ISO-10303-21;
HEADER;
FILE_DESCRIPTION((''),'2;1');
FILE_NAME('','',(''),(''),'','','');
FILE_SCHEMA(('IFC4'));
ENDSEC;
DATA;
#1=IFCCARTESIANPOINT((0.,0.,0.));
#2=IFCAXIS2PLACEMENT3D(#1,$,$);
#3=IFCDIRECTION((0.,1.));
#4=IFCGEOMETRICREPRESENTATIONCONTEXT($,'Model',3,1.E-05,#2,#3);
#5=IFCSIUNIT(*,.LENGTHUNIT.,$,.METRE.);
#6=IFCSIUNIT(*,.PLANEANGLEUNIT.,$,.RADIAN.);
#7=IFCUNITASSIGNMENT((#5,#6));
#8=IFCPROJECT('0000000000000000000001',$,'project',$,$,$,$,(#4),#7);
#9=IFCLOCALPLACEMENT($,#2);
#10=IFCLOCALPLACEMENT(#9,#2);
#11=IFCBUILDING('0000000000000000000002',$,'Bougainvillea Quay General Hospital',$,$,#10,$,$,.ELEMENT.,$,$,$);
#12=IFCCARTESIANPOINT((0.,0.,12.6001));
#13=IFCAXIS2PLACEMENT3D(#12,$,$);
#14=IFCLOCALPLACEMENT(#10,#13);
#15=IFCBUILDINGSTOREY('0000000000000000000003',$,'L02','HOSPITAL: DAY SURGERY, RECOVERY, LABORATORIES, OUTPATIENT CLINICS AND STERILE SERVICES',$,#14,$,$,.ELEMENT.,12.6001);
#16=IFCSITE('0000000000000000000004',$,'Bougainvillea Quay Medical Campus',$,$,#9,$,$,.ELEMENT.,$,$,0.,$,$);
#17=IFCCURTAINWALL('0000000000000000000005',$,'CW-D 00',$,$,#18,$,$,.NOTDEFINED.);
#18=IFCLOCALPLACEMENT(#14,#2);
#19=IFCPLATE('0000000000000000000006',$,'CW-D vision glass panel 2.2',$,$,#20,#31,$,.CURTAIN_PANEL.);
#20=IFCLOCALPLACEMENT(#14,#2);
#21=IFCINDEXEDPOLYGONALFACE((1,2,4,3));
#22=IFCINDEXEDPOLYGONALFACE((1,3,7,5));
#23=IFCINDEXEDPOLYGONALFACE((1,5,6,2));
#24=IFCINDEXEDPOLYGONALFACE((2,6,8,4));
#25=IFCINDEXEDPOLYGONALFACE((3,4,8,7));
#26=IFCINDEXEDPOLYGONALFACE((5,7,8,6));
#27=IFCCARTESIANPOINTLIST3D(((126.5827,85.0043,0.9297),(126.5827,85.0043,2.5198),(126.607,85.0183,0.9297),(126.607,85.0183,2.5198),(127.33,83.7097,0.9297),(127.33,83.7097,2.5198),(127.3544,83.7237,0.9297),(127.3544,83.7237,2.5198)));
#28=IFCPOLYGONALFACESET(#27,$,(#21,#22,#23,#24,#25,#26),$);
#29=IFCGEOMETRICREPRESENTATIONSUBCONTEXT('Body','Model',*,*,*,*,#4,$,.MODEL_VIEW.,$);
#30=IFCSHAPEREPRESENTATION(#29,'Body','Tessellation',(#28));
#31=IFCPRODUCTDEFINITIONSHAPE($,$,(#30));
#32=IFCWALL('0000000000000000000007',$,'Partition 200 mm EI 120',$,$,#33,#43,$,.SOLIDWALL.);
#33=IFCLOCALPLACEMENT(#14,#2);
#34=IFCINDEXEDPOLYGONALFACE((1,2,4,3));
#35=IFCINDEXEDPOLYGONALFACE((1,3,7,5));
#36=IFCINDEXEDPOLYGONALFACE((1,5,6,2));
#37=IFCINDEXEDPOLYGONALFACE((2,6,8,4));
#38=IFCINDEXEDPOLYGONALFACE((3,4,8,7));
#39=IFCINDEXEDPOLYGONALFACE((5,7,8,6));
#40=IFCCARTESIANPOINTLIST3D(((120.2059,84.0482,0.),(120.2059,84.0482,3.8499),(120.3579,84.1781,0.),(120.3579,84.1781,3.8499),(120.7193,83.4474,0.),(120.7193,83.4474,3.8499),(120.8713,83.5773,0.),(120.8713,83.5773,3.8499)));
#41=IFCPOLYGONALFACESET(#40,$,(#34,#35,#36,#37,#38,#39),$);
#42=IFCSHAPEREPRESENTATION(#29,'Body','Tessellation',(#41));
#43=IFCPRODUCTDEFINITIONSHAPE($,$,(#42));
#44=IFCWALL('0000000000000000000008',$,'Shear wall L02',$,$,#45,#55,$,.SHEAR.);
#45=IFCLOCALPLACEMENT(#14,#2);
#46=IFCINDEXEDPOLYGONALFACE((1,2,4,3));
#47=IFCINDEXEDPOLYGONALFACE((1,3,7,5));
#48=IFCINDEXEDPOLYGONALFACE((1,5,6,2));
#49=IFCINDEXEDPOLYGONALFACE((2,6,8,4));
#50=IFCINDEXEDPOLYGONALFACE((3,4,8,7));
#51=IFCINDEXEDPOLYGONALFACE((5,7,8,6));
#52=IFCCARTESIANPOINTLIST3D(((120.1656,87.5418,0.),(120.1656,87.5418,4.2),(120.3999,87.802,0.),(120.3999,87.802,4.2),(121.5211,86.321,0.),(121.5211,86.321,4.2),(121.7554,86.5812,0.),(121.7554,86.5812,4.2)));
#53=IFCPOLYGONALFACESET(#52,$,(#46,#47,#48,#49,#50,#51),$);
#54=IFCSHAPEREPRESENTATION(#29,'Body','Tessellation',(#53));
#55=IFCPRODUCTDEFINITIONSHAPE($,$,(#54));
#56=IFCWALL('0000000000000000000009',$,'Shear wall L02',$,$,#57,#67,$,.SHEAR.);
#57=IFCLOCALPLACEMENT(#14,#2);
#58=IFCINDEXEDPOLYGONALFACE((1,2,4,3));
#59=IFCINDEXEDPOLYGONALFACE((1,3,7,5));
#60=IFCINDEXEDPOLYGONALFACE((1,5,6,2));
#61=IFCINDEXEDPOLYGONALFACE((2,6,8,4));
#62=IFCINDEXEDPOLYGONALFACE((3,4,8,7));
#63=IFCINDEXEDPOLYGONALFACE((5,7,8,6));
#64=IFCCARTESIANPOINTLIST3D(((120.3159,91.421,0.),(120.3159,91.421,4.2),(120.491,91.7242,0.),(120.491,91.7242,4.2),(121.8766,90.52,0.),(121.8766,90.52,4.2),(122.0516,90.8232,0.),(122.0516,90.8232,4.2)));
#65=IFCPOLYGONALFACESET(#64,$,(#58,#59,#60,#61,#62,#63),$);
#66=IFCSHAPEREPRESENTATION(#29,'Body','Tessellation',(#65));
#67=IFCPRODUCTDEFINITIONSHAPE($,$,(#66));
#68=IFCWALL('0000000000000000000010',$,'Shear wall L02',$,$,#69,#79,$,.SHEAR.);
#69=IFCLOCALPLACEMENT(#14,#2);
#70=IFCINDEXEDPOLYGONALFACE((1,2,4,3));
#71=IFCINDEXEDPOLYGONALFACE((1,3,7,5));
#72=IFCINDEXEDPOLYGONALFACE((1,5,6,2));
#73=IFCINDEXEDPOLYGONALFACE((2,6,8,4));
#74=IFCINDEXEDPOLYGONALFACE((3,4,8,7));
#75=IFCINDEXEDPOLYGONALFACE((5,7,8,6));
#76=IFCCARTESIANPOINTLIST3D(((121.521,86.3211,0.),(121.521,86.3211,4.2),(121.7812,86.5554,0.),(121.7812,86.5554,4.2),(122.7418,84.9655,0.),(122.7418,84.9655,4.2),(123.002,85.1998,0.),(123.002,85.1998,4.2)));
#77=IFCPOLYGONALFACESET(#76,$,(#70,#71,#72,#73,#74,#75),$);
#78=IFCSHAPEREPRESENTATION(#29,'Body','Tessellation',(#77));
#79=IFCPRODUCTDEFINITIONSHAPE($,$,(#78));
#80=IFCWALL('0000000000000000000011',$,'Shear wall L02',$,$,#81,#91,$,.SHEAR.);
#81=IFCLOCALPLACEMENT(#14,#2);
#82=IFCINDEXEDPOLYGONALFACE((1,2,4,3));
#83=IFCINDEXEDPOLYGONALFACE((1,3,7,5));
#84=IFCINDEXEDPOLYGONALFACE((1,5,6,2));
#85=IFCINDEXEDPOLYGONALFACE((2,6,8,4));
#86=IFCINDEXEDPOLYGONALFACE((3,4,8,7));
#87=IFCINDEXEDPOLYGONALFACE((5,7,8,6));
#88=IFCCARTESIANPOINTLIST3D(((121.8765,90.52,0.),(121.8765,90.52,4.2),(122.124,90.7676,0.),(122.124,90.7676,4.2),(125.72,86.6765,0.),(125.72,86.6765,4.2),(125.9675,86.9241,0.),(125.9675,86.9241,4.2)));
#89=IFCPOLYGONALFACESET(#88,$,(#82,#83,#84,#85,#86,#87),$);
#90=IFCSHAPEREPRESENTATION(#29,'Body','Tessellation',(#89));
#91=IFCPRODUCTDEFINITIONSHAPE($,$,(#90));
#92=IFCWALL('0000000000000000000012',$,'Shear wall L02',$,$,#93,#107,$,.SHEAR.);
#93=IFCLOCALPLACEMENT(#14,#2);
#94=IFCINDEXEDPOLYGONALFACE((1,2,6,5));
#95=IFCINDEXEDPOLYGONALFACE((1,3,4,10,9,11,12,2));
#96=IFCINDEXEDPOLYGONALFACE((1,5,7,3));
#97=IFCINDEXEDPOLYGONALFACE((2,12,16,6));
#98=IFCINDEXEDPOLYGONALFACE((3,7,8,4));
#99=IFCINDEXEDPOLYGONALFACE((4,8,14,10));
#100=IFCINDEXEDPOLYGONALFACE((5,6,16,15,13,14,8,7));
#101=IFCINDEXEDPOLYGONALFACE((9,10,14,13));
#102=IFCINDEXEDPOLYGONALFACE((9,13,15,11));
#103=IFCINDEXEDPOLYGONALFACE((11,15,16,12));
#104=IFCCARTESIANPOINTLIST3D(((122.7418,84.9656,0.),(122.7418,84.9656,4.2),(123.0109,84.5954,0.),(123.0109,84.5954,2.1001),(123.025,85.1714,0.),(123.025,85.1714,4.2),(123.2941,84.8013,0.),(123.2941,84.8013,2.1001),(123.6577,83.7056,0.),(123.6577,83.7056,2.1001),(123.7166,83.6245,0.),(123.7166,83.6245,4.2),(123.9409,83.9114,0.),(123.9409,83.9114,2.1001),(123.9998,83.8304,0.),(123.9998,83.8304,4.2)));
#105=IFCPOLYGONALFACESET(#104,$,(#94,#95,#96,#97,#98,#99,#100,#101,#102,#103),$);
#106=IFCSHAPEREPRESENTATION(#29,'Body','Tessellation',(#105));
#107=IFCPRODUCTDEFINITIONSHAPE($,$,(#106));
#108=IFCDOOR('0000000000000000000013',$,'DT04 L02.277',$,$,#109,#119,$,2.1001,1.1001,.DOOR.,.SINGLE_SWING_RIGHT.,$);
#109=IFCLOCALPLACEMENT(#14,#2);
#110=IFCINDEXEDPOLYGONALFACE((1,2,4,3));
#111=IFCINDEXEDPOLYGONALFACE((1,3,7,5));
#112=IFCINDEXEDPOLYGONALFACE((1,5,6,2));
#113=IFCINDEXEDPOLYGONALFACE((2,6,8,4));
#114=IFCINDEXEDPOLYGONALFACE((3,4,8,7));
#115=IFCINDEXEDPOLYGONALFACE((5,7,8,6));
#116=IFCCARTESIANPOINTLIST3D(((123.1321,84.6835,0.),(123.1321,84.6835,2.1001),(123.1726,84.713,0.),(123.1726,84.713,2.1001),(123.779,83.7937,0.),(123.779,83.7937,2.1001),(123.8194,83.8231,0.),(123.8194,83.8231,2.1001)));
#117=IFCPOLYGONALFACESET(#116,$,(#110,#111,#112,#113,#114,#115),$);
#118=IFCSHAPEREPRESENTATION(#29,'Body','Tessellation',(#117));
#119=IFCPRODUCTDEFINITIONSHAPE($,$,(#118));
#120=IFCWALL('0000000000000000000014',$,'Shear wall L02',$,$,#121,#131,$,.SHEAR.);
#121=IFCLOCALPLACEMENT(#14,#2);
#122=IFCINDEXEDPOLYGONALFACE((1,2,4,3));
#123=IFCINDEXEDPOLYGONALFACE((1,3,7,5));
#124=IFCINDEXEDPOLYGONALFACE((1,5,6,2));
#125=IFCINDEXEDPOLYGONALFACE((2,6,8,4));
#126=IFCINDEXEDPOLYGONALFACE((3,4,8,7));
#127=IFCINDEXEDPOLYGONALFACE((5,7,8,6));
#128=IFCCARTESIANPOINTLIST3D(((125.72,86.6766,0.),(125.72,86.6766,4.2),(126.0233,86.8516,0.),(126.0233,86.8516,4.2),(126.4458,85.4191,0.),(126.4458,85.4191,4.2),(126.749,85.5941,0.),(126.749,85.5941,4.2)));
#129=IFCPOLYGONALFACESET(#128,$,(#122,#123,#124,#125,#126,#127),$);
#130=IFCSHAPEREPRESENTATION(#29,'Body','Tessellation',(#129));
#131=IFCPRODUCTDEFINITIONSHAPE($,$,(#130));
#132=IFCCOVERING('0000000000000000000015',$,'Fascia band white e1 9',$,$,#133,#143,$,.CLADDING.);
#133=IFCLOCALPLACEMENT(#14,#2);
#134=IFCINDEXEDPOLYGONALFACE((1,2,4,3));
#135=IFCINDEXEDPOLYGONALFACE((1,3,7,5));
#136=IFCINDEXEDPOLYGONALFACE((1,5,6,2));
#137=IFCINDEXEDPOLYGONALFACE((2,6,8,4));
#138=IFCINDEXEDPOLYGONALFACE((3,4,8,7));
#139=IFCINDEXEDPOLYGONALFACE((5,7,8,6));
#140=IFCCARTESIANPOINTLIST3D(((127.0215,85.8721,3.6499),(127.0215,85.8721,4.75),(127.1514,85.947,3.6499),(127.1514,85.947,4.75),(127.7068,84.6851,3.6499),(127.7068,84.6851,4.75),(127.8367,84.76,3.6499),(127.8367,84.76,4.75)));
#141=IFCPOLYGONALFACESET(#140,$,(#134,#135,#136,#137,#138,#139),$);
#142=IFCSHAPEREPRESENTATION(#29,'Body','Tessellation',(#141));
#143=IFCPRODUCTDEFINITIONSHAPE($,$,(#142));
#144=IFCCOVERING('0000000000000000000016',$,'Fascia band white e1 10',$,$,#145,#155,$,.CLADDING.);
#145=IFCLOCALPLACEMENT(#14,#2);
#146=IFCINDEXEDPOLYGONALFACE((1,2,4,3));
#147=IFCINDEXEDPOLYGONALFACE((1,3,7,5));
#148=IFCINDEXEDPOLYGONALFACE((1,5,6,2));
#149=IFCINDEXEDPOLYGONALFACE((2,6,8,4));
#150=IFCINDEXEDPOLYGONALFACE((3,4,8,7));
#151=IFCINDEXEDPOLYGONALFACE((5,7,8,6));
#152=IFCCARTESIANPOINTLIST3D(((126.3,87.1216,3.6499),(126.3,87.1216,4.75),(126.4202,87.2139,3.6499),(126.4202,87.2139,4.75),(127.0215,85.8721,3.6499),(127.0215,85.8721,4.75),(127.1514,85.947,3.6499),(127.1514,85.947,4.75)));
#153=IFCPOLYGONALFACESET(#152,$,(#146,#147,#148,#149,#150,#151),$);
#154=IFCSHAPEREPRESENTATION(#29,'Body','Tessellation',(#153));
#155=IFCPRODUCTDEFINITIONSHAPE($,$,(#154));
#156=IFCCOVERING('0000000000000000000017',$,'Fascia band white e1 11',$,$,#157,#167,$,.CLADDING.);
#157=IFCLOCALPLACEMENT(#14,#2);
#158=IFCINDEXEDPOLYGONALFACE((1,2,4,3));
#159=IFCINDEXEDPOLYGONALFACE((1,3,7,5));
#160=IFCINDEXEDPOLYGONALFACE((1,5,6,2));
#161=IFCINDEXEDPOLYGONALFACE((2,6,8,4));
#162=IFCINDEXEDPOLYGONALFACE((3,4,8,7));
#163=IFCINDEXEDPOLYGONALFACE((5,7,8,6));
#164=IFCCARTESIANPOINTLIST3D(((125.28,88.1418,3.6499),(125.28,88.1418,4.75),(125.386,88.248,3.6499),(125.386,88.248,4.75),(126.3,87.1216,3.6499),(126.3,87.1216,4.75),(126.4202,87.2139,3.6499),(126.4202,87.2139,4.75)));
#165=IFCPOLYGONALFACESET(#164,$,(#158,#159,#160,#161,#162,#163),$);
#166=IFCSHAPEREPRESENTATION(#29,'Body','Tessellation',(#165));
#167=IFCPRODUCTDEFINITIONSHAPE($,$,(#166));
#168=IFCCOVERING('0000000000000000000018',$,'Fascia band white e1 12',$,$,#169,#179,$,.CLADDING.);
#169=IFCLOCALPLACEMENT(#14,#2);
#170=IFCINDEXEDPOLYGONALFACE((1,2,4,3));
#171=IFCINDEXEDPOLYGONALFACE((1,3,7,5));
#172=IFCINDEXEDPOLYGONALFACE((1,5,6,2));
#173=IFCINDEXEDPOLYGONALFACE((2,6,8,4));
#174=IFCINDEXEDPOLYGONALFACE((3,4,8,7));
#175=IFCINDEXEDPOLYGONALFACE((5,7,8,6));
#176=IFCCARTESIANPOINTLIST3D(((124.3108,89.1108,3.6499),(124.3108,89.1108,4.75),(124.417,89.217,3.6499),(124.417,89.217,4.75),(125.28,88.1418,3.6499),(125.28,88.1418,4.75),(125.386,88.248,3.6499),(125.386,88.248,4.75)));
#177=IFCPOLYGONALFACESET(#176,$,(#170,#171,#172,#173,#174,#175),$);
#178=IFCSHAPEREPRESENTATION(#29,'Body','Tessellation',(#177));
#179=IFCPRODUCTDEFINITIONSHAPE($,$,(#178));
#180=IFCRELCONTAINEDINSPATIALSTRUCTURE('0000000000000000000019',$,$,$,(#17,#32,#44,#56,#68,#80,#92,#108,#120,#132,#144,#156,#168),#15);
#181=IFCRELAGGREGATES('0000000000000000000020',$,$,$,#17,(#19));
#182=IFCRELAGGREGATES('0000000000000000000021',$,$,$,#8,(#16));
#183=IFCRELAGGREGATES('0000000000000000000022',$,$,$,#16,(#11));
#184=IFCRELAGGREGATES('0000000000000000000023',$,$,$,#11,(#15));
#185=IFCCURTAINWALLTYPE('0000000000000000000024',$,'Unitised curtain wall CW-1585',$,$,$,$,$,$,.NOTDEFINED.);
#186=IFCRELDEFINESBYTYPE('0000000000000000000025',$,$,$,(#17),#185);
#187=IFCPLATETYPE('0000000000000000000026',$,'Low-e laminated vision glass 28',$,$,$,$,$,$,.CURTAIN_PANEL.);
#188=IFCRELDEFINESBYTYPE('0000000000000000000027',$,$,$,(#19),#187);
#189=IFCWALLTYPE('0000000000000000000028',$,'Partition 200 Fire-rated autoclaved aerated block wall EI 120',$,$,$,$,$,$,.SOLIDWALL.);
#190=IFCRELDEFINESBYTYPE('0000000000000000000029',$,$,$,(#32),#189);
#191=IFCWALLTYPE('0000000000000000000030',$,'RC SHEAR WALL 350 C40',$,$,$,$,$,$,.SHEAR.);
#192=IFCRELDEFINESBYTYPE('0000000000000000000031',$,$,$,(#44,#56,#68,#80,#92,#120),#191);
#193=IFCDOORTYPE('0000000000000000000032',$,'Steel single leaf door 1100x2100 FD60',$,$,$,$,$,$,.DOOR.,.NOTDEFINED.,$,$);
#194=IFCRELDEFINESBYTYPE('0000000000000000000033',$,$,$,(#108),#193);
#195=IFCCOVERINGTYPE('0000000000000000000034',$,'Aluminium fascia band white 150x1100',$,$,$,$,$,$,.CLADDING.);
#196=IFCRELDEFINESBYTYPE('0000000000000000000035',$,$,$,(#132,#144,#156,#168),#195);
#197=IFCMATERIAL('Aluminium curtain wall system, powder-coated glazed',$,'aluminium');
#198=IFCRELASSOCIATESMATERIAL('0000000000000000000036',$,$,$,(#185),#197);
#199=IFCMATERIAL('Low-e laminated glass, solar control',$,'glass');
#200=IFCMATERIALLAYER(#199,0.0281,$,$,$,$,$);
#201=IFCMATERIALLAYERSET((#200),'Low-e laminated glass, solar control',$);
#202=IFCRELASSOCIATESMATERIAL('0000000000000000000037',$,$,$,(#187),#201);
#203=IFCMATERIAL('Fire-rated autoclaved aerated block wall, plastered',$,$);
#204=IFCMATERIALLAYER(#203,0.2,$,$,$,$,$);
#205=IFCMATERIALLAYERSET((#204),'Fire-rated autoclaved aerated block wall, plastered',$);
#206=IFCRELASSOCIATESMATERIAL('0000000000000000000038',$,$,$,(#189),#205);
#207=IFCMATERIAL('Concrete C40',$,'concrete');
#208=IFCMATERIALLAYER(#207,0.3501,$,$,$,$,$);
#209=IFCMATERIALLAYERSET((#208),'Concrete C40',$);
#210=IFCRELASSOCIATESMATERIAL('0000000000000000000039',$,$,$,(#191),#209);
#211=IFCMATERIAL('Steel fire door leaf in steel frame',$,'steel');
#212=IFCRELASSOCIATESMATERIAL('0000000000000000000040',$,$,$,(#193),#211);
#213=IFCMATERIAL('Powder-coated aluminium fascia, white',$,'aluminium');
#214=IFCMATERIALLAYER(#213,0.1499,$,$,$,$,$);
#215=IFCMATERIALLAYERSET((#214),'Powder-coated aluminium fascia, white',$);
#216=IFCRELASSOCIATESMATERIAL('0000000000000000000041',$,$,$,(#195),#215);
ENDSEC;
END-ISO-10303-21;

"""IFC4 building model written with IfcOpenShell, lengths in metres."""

from ifc_helpers import new_model, si_unit, direction, frame, frame_2d, origin, origin_2d, place, context, subcontext, project, spatial, polyline, rectangle, outline, extrude, material, layer, layer_set, type_object, element, fill, aggregate, save


model = new_model("IFC4")

# Units and contexts
model_context = context("Model", 3, precision=1e-05, world=origin(), true_north=direction((0.0, 1.0)))
body_context = subcontext(model_context, "Body", "Model", "MODEL_VIEW")
ifc_project = project(units=[si_unit("LENGTHUNIT", "METRE"), si_unit("PLANEANGLEUNIT", "RADIAN")], contexts=[model_context])

# Site, building, storey
site_placement = place(None, origin())
site = spatial("IfcSite", under=ifc_project, at=site_placement, Name="Bougainvillea Quay Medical Campus", CompositionType="ELEMENT", RefElevation=0.0)
building_placement = place(site_placement, origin())
building = spatial("IfcBuilding", under=site, at=building_placement, Name="Bougainvillea Quay General Hospital", CompositionType="ELEMENT")
storey_placement = place(building_placement, frame((0.0, 0.0, 12.6001)))
storey = spatial("IfcBuildingStorey", under=building, at=storey_placement, Name="L02", Description="HOSPITAL: DAY SURGERY, RECOVERY, LABORATORIES, OUTPATIENT CLINICS AND STERILE SERVICES", CompositionType="ELEMENT", Elevation=12.6001)

# Shared definitions
ifc_material_1 = material(Name="Concrete C40", Category="concrete")

# Curtain wall, plate
ifc_material_2 = material(Name="Aluminium curtain wall system, powder-coated glazed", Category="aluminium")
curtain_wall_type = type_object("IfcCurtainWallType", Name="Unitised curtain wall CW-1585", PredefinedType="NOTDEFINED", material=ifc_material_2)
curtain_wall_placement = place(storey_placement, origin())
curtain_wall = element("IfcCurtainWall", 1, at=curtain_wall_placement, inside=storey, type_object=curtain_wall_type, Name="CW-D 00", PredefinedType="NOTDEFINED")
ifc_material_3 = material(Name="Low-e laminated glass, solar control", Category="glass")
ifc_layer_1 = layer(ifc_material_3, 0.0281)
ifc_layer_set_1 = layer_set([ifc_layer_1], Name="Low-e laminated glass, solar control")
plate_type_1 = type_object("IfcPlateType", Name="Low-e laminated vision glass 28", PredefinedType="CURTAIN_PANEL", material=ifc_layer_set_1)
plate_1_placement = place(storey_placement, frame((126.9685, 84.364, 0.9297), z_axis=(0.0, 0.0, 1.0), x_axis=(-0.499965, 0.866046, 0.0)))
plate_1 = element("IfcPlate", 2, at=plate_1_placement, type_object=plate_type_1, Name="CW-D vision glass panel 2.2", PredefinedType="CURTAIN_PANEL", context=body_context, shape_type="SweptSolid", body=[
    extrude(rectangle(XDim=1.4949, YDim=0.0281, at=origin_2d()), origin(), (0.0, 0.0, 1.0), 1.5901),
])
aggregate(curtain_wall, [plate_1])

# Walls
ifc_material_4 = material(Name="Fire-rated autoclaved aerated block wall, plastered")
ifc_layer_2 = layer(ifc_material_4, 0.2)
ifc_layer_set_2 = layer_set([ifc_layer_2], Name="Fire-rated autoclaved aerated block wall, plastered")
wall_type_1 = type_object("IfcWallType", Name="Partition 200 Fire-rated autoclaved aerated block wall EI 120", PredefinedType="SOLIDWALL", material=ifc_layer_set_2)
wall_1_placement = place(storey_placement, frame((120.282, 84.113, 0.0), z_axis=(0.0, 0.0, 1.0), x_axis=(0.649646, -0.760237, 0.0)))
element("IfcWall", 3, at=wall_1_placement, inside=storey, type_object=wall_type_1, Name="Partition 200 mm EI 120", PredefinedType="SOLIDWALL", context=body_context, shape_type="SweptSolid", body=[
    extrude(rectangle(XDim=0.7903, YDim=0.2, at=frame_2d((0.395, 0.0))), origin(), (0.0, 0.0, 1.0), 3.8499),
])
ifc_layer_3 = layer(ifc_material_1, 0.3501)
ifc_layer_set_3 = layer_set([ifc_layer_3], Name="Concrete C40")
wall_type_2 = type_object("IfcWallType", Name="RC SHEAR WALL 350 C40", PredefinedType="SHEAR", material=ifc_layer_set_3)
wall_2_placement = place(storey_placement, frame((120.2827, 87.6719, 0.0), z_axis=(0.0, 0.0, 1.0), x_axis=(0.743081, -0.669201, 0.0)))
element("IfcWall", 4, at=wall_2_placement, inside=storey, type_object=wall_type_2, Name="Shear wall L02", PredefinedType="SHEAR", context=body_context, shape_type="SweptSolid", body=[
    extrude(rectangle(XDim=1.8242, YDim=0.3501, at=frame_2d((0.9121, 0.0))), origin(), (0.0, 0.0, 1.0), 4.2),
])
wall_3_placement = place(storey_placement, frame((120.4036, 91.5725, 0.0), z_axis=(0.0, 0.0, 1.0), x_axis=(0.86605, -0.499957, 0.0)))
element("IfcWall", 5, at=wall_3_placement, inside=storey, type_object=wall_type_2, Name="Shear wall L02", PredefinedType="SHEAR", context=body_context, shape_type="SweptSolid", body=[
    extrude(rectangle(XDim=1.802, YDim=0.3501, at=frame_2d((0.9009, 0.0))), origin(), (0.0, 0.0, 1.0), 4.2),
])
wall_4_placement = place(storey_placement, frame((121.6511, 86.4382, 0.0), z_axis=(0.0, 0.0, 1.0), x_axis=(0.669201, -0.743081, 0.0)))
element("IfcWall", 6, at=wall_4_placement, inside=storey, type_object=wall_type_2, Name="Shear wall L02", PredefinedType="SHEAR", context=body_context, shape_type="SweptSolid", body=[
    extrude(rectangle(XDim=1.8242, YDim=0.3501, at=frame_2d((0.9121, 0.0))), origin(), (0.0, 0.0, 1.0), 4.2),
])
wall_5_placement = place(storey_placement, frame((122.0002, 90.6438, 0.0), z_axis=(0.0, 0.0, 1.0), x_axis=(0.707107, -0.707107, 0.0)))
element("IfcWall", 7, at=wall_5_placement, inside=storey, type_object=wall_type_2, Name="Shear wall L02", PredefinedType="SHEAR", context=body_context, shape_type="SweptSolid", body=[
    extrude(rectangle(XDim=5.4355, YDim=0.3501, at=frame_2d((2.7178, 0.0))), origin(), (0.0, 0.0, 1.0), 4.2),
])

# Wall, opening, door
wall_6_placement = place(storey_placement, frame((122.8833, 85.0686, 0.0), z_axis=(0.0, 0.0, 1.0), x_axis=(0.587988, -0.80887, 0.0)))
wall_6 = element("IfcWall", 8, at=wall_6_placement, inside=storey, type_object=wall_type_2, Name="Shear wall L02", PredefinedType="SHEAR", context=body_context, shape_type="SweptSolid", body=[
    extrude(rectangle(XDim=1.658, YDim=0.3501, at=frame_2d((0.8291, 0.0))), origin(), (0.0, 0.0, 1.0), 4.2),
])
opening_placement = place(wall_6_placement, frame((0.4578, 0.0, 0.0)))
opening = element("IfcOpeningElement", 9, at=opening_placement, cuts=wall_6, PredefinedType="OPENING", context=body_context, shape_type="SweptSolid", body=[
    extrude(rectangle(XDim=1.1001, YDim=2.1001, at=frame_2d((0.55, 1.05))), frame((0.0, 0.1851, 0.0), z_axis=(0.0, -1.0, 0.0), x_axis=(1.0, 0.0, 0.0)), (0.0, 0.0, 1.0), 0.3701),
])
ifc_material_5 = material(Name="Steel fire door leaf in steel frame", Category="steel")
door_type = type_object("IfcDoorType", Name="Steel single leaf door 1100x2100 FD60", OperationType="NOTDEFINED", PredefinedType="DOOR", material=ifc_material_5)
door_placement = place(opening_placement, origin())
door = element("IfcDoor", 10, at=door_placement, inside=storey, type_object=door_type, Name="DT04 L02.277", OperationType="SINGLE_SWING_RIGHT", OverallHeight=2.1001, OverallWidth=1.1001, PredefinedType="DOOR", context=body_context, shape_type="SweptSolid", body=[
    extrude(rectangle(XDim=1.1001, YDim=2.1001, at=frame_2d((0.55, 1.05))), frame((0.0, 0.0249, 0.0), z_axis=(0.0, -1.0, 0.0), x_axis=(1.0, 0.0, 0.0)), (0.0, 0.0, 1.0), 0.05),
])
fill(opening, door)

# Wall
wall_7_placement = place(storey_placement, frame((125.8716, 86.7642, 0.0), z_axis=(0.0, 0.0, 1.0), x_axis=(0.499883, -0.866093, 0.0)))
element("IfcWall", 11, at=wall_7_placement, inside=storey, type_object=wall_type_2, Name="Shear wall L02", PredefinedType="SHEAR", context=body_context, shape_type="SweptSolid", body=[
    extrude(rectangle(XDim=1.4519, YDim=0.3501, at=frame_2d((0.7261, 0.0))), origin(), (0.0, 0.0, 1.0), 4.2),
])

# Coverings
ifc_material_6 = material(Name="Powder-coated aluminium fascia, white", Category="aluminium")
ifc_layer_4 = layer(ifc_material_6, 0.1499)
ifc_layer_set_4 = layer_set([ifc_layer_4], Name="Powder-coated aluminium fascia, white")
covering_type = type_object("IfcCoveringType", Name="Aluminium fascia band white 150x1100", PredefinedType="CLADDING", material=ifc_layer_set_4)
covering_1_placement = place(storey_placement, frame((127.7068, 84.6851, 3.6499), z_axis=(0.0, 0.0, 1.0), x_axis=(-0.49999, 0.866031, 0.0)))
element("IfcCovering", 12, at=covering_1_placement, inside=storey, type_object=covering_type, Name="Fascia band white e1 9", PredefinedType="CLADDING", context=body_context, shape_type="SweptSolid", body=[
    extrude(outline(polyline([(0.0, 0.0), (1.3706, 0.0), (1.3706, -0.15), (0.0, -0.15), (0.0, 0.0)])), origin(), (0.0, 0.0, 1.0), 1.1001),
])
covering_2_placement = place(storey_placement, frame((127.0215, 85.8721, 3.6499), z_axis=(0.0, 0.0, 1.0), x_axis=(-0.500015, 0.866017, 0.0)))
element("IfcCovering", 13, at=covering_2_placement, inside=storey, type_object=covering_type, Name="Fascia band white e1 10", PredefinedType="CLADDING", context=body_context, shape_type="SweptSolid", body=[
    extrude(outline(polyline([(0.0, 0.0), (1.4428, 0.0), (1.4627, -0.1502), (0.0, -0.15), (0.0, 0.0)])), origin(), (0.0, 0.0, 1.0), 1.1001),
])
covering_3_placement = place(storey_placement, frame((126.3, 87.1216, 3.6499), z_axis=(0.0, 0.0, 1.0), x_axis=(-0.707022, 0.707191, 0.0)))
element("IfcCovering", 14, at=covering_3_placement, inside=storey, type_object=covering_type, Name="Fascia band white e1 11", PredefinedType="CLADDING", context=body_context, shape_type="SweptSolid", body=[
    extrude(outline(polyline([(0.0, 0.0), (1.4427, 0.0), (1.4429, -0.15), (-0.0197, -0.1502), (0.0, 0.0)])), origin(), (0.0, 0.0, 1.0), 1.1001),
])
covering_4_placement = place(storey_placement, frame((125.28, 88.1418, 3.6499), z_axis=(0.0, 0.0, 1.0), x_axis=(-0.707196, 0.707018, 0.0)))
element("IfcCovering", 15, at=covering_4_placement, inside=storey, type_object=covering_type, Name="Fascia band white e1 12", PredefinedType="CLADDING", context=body_context, shape_type="SweptSolid", body=[
    extrude(outline(polyline([(0.0, 0.0), (1.3705, 0.0), (1.3705, -0.1502), (0.0002, -0.15), (0.0, 0.0)])), origin(), (0.0, 0.0, 1.0), 1.1001),
])

save(model, "model.ifc")
